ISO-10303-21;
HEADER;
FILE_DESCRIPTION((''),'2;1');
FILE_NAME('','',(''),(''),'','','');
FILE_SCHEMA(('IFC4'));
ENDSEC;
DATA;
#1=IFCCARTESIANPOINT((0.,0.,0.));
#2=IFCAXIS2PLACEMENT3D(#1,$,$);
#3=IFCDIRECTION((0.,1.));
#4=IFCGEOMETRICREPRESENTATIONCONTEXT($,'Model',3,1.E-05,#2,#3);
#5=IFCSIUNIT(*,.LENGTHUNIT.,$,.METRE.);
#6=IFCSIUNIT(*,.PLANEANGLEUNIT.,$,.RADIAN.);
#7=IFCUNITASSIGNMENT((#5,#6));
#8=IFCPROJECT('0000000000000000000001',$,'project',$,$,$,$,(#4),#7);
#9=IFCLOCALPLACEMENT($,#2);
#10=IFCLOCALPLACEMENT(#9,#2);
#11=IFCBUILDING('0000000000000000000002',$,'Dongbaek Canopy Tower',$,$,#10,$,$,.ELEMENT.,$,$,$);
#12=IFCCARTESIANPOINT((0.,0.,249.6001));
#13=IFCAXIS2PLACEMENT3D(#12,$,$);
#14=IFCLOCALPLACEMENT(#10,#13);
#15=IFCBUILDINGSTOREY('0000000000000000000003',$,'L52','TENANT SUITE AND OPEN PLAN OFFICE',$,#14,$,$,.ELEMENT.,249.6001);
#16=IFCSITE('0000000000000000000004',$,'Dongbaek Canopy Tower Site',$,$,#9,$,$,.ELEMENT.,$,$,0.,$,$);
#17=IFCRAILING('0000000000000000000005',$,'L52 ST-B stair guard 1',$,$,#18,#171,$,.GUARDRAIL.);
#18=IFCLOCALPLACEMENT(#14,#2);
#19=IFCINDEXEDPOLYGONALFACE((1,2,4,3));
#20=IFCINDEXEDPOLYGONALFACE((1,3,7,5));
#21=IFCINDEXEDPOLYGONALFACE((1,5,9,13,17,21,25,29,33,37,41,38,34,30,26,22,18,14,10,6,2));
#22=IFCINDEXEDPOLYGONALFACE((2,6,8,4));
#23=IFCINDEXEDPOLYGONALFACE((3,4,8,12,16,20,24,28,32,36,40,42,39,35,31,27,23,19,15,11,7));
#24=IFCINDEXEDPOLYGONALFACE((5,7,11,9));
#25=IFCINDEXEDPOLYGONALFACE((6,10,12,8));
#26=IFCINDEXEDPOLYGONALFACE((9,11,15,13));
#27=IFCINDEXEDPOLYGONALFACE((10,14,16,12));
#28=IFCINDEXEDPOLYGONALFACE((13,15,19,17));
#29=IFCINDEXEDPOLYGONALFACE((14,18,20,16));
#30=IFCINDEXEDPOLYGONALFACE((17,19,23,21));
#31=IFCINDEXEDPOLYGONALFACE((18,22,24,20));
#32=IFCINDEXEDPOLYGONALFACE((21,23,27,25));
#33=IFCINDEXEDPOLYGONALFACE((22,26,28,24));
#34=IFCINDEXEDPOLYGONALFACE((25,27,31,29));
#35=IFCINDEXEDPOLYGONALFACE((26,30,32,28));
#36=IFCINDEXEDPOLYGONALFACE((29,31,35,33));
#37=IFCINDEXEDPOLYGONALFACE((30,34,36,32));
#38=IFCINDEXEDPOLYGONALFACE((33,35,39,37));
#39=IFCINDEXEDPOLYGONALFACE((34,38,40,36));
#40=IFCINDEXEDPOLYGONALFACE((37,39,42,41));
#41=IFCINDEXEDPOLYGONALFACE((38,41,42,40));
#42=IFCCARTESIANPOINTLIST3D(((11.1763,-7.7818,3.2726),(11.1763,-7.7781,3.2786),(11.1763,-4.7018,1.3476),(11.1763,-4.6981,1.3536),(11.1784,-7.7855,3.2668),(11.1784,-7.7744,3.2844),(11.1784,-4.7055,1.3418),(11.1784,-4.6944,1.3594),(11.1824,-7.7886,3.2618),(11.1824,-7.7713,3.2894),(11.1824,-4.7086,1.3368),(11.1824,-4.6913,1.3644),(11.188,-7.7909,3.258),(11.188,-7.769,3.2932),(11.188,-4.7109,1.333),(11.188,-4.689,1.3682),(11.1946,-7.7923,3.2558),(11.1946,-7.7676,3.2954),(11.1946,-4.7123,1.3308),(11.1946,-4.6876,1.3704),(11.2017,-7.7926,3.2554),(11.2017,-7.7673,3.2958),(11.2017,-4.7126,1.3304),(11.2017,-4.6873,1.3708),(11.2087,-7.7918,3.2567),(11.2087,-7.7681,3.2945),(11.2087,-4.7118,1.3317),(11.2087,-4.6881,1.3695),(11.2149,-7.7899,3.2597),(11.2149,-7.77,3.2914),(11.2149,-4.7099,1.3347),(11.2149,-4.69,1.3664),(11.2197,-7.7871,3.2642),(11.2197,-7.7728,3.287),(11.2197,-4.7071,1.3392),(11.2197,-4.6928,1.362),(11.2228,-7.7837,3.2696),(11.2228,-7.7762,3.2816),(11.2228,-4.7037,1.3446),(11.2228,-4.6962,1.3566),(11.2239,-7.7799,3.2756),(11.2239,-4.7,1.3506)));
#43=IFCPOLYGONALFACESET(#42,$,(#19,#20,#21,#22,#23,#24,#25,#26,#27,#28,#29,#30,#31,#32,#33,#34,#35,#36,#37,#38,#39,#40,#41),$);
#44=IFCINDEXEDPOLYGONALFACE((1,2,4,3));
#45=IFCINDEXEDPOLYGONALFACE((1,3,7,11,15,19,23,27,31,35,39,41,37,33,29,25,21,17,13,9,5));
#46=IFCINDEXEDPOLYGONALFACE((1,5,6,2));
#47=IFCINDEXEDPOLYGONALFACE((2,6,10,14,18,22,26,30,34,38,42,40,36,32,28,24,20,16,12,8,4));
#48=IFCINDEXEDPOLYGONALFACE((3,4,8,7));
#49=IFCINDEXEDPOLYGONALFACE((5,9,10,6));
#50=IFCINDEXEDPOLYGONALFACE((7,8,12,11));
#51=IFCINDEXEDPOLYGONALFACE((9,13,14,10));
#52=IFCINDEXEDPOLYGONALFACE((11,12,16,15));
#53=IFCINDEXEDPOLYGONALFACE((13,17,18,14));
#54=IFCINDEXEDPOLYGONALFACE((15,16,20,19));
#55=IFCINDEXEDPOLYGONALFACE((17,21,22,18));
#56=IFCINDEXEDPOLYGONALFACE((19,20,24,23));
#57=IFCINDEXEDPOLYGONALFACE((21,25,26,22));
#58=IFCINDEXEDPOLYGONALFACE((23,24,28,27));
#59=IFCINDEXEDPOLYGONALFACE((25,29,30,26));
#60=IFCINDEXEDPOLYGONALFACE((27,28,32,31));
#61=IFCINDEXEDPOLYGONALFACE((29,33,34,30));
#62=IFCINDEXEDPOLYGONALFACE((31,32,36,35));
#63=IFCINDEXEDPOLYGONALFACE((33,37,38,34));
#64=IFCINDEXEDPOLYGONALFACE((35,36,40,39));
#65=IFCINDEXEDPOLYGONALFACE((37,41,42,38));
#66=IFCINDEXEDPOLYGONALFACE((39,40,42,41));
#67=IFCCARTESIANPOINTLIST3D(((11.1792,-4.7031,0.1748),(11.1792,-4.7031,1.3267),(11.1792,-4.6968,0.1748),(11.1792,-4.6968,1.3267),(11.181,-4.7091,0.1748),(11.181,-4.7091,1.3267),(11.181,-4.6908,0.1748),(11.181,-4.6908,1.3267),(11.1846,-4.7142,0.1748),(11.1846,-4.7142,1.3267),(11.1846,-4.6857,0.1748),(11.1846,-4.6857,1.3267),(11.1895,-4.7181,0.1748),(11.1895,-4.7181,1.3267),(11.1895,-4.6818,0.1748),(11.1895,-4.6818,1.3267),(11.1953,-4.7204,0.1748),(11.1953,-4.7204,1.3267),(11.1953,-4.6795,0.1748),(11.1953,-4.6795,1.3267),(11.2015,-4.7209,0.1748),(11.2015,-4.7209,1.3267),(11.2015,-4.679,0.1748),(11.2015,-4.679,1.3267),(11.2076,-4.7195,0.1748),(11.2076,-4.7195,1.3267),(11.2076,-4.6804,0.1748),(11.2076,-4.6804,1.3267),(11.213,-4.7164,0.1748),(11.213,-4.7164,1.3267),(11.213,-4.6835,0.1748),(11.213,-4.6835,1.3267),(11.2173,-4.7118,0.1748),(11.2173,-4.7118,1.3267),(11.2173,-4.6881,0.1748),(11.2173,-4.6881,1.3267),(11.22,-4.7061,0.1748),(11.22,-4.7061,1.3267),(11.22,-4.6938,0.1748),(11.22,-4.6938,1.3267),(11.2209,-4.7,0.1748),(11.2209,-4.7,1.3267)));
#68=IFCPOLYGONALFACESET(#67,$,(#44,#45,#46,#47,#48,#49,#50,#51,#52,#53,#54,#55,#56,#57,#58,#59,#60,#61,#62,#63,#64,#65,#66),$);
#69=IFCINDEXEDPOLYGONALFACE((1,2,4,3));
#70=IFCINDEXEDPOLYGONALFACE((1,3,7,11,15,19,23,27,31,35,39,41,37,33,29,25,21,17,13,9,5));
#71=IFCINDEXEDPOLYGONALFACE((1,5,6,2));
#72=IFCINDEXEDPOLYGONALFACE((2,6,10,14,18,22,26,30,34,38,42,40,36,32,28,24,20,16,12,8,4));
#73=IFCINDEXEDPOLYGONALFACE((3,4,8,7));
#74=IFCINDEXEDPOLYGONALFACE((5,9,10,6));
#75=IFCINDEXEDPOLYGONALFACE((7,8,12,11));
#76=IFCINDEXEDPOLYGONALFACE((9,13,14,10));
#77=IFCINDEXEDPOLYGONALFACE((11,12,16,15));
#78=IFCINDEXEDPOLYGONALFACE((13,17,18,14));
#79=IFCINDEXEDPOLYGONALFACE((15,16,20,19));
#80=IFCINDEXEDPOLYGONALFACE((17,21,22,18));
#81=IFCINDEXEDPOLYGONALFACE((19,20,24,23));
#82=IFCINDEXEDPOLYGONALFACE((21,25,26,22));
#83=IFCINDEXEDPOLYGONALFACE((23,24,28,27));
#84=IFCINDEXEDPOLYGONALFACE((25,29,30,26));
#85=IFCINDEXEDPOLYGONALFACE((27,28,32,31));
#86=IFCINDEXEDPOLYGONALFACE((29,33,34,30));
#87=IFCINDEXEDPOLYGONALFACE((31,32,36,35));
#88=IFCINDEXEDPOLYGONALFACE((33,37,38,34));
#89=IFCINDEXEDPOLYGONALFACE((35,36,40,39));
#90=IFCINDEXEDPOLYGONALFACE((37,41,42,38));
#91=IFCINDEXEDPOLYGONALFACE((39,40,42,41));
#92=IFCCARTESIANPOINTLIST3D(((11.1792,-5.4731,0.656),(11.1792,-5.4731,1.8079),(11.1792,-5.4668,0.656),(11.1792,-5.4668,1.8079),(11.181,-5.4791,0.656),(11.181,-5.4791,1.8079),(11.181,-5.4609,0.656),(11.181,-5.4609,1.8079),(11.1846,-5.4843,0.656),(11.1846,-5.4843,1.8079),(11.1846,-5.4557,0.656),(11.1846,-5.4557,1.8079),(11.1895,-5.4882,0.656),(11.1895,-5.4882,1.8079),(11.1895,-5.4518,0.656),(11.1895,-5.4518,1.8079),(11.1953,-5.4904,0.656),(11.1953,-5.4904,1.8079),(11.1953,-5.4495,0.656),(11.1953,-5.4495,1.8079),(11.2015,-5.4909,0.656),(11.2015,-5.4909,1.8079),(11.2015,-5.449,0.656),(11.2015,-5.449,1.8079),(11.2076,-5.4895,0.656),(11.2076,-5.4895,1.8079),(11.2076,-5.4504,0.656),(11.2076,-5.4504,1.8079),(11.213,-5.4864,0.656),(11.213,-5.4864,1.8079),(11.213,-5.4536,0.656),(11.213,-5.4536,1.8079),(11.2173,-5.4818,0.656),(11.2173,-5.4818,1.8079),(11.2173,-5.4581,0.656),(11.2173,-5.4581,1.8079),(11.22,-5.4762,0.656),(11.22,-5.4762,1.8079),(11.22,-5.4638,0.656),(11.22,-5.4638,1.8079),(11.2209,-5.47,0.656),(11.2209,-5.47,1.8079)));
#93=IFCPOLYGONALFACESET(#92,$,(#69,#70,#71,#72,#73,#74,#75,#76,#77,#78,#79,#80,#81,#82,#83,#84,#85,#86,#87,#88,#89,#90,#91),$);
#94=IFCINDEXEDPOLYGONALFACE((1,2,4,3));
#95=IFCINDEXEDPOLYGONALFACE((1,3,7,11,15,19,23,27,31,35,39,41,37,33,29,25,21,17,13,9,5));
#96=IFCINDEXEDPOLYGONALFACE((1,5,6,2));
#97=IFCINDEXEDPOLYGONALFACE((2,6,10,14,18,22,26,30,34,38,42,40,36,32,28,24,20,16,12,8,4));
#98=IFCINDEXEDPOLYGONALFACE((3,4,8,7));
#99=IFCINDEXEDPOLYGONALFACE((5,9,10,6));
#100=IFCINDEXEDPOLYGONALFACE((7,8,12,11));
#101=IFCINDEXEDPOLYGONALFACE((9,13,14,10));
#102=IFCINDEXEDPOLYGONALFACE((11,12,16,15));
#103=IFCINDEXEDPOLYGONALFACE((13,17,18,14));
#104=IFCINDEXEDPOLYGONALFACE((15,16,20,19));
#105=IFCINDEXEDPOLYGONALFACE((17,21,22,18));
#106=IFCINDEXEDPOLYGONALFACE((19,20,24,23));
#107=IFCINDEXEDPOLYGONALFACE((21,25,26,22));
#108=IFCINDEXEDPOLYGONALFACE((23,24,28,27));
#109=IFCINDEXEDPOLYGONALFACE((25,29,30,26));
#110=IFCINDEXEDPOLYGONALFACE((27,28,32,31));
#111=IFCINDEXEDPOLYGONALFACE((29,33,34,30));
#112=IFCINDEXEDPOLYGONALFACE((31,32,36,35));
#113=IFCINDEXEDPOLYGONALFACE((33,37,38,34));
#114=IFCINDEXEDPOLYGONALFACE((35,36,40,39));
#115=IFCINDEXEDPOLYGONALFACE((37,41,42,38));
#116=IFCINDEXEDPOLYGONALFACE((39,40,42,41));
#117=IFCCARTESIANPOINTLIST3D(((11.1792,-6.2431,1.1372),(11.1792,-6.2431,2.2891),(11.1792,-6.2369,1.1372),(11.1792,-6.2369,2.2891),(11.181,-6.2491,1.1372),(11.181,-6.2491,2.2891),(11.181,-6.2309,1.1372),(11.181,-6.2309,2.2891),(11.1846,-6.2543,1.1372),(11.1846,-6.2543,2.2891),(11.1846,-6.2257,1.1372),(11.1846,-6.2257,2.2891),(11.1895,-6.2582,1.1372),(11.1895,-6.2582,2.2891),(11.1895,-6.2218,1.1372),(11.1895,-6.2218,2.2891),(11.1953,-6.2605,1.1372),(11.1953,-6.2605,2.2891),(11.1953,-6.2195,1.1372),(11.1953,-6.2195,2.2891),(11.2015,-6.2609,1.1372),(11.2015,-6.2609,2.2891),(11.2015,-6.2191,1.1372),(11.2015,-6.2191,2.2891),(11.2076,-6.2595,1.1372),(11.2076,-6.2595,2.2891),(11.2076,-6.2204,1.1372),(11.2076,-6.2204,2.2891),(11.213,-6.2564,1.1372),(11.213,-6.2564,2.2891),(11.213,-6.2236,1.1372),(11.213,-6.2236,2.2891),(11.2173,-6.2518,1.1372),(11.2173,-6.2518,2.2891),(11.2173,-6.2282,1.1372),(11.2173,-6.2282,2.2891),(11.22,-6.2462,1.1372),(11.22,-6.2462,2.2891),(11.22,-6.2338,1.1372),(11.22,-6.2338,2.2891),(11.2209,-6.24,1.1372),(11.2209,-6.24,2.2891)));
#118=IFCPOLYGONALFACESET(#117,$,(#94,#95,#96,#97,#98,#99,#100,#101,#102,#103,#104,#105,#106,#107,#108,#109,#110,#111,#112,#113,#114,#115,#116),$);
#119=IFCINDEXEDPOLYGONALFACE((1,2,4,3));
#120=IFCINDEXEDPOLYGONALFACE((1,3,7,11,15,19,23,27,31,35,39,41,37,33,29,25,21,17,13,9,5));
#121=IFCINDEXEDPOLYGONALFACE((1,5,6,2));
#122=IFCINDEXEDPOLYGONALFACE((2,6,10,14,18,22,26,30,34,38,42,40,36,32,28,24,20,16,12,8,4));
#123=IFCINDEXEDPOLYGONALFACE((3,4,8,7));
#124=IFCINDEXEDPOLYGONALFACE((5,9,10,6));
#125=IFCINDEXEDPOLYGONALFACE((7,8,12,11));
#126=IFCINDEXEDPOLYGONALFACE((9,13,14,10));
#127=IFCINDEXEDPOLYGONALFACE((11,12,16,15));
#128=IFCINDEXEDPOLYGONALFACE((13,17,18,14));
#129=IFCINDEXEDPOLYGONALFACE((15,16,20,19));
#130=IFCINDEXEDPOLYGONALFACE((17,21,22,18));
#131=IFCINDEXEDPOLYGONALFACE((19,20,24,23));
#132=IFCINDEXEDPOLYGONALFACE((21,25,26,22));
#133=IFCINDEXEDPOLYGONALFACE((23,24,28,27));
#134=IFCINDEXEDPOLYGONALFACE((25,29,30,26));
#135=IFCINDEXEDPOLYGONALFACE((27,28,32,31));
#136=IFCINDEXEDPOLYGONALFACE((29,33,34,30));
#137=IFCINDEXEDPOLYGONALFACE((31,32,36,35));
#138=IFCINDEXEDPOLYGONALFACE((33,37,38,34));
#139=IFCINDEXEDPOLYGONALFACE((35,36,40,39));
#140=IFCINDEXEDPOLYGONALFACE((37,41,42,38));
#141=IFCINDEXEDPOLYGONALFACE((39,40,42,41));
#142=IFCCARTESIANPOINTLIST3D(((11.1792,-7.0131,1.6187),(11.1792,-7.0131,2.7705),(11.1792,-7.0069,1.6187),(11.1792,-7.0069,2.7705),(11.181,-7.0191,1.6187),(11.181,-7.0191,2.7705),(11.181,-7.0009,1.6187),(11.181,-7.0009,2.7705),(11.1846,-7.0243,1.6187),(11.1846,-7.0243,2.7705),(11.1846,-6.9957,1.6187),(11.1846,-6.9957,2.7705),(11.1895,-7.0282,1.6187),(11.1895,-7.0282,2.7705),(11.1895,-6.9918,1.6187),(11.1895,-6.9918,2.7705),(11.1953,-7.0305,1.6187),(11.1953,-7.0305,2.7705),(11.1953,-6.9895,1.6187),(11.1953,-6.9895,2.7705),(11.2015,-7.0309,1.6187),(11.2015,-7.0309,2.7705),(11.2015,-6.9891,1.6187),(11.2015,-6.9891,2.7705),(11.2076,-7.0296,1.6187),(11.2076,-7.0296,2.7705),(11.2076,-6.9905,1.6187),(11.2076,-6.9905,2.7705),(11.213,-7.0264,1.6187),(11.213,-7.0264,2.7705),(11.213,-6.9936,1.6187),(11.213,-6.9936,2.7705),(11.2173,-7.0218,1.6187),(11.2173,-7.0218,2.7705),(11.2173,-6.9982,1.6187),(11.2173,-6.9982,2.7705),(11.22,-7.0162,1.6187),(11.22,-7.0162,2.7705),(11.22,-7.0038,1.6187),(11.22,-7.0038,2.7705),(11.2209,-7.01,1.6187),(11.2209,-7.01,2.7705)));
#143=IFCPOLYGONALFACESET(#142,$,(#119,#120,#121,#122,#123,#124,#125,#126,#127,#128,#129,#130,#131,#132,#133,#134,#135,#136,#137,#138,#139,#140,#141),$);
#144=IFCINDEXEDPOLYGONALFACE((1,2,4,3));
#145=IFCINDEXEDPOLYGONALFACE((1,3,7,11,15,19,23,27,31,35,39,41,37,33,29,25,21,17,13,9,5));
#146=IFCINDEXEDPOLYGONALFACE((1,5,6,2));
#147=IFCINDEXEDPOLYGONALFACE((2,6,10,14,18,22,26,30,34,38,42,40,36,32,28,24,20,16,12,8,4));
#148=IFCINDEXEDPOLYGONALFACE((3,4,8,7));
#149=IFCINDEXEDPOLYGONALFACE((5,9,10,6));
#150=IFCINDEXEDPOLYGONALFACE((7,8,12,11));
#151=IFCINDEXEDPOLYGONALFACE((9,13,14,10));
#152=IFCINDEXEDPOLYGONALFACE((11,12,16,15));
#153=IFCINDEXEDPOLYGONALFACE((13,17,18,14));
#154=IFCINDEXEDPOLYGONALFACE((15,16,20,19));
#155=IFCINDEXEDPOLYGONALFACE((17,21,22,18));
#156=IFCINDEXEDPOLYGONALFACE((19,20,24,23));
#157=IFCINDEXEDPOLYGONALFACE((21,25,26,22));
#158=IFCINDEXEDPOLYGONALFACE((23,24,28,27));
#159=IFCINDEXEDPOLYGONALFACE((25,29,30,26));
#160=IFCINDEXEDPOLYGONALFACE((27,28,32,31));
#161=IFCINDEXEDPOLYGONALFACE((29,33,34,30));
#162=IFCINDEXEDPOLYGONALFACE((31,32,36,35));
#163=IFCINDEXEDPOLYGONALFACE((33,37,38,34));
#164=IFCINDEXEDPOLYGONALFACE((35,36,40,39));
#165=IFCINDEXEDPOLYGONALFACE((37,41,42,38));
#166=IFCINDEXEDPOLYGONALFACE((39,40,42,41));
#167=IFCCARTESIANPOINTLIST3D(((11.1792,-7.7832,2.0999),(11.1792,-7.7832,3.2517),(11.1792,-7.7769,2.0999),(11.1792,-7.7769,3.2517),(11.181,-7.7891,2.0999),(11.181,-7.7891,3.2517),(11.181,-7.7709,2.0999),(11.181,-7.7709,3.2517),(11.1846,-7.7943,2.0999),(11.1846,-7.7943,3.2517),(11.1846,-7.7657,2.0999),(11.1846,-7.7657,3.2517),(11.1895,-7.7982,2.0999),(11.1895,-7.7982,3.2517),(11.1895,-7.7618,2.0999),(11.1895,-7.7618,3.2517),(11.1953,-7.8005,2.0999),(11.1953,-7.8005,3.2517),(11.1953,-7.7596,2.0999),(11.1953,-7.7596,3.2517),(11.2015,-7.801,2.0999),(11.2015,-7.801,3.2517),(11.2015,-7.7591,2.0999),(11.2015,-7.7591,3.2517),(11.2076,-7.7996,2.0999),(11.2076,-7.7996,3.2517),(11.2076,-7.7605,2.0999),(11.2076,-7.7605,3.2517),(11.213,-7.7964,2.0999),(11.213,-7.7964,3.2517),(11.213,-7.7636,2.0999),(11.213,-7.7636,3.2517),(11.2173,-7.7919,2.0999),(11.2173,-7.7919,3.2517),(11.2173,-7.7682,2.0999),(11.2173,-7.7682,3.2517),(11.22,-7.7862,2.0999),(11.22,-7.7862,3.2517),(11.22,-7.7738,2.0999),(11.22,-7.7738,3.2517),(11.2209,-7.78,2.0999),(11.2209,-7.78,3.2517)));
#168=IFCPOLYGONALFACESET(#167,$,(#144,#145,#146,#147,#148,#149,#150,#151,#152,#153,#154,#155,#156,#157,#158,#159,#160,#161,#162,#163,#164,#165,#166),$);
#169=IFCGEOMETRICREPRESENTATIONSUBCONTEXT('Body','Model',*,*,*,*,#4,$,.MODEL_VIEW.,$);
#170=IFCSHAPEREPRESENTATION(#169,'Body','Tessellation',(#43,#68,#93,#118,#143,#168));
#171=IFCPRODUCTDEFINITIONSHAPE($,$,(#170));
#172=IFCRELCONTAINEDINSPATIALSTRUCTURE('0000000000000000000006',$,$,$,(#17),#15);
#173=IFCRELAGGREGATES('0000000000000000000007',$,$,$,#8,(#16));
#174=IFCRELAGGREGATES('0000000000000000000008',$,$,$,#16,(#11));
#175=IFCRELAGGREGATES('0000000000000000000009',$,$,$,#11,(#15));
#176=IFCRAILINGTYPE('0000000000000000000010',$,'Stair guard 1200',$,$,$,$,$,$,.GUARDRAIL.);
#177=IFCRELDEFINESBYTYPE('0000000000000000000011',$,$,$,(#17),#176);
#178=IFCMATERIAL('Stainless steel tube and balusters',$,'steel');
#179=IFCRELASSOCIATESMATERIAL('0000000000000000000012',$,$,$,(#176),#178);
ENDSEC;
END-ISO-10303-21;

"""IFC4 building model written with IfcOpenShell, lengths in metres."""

from ifc_helpers import new_model, si_unit, direction, frame, origin, origin_2d, place, context, subcontext, project, spatial, circle, extrude, material, type_object, element, save


model = new_model("IFC4")

# Units and contexts
model_context = context("Model", 3, precision=1e-05, world=origin(), true_north=direction((0.0, 1.0)))
body_context = subcontext(model_context, "Body", "Model", "MODEL_VIEW")
ifc_project = project(units=[si_unit("LENGTHUNIT", "METRE"), si_unit("PLANEANGLEUNIT", "RADIAN")], contexts=[model_context])

# Site, building, storey
site_placement = place(None, origin())
site = spatial("IfcSite", under=ifc_project, at=site_placement, Name="Dongbaek Canopy Tower Site", CompositionType="ELEMENT", RefElevation=0.0)
building_placement = place(site_placement, origin())
building = spatial("IfcBuilding", under=site, at=building_placement, Name="Dongbaek Canopy Tower", CompositionType="ELEMENT")
storey_placement = place(building_placement, frame((0.0, 0.0, 249.6001)))
storey = spatial("IfcBuildingStorey", under=building, at=storey_placement, Name="L52", Description="TENANT SUITE AND OPEN PLAN OFFICE", CompositionType="ELEMENT", Elevation=249.6001)

# Railing
ifc_material_1 = material(Name="Stainless steel tube and balusters", Category="steel")
railing_type_1 = type_object("IfcRailingType", Name="Stair guard 1200", PredefinedType="GUARDRAIL", material=ifc_material_1)
railing_1_placement = place(storey_placement, frame((11.2, -4.7, 0.1748)))
element("IfcRailing", 1, at=railing_1_placement, inside=storey, type_object=railing_type_1, Name="L52 ST-B stair guard 1", PredefinedType="GUARDRAIL", context=body_context, shape_type="SweptSolid", body=[
    extrude(circle(Radius=0.0239, at=origin_2d()), frame((0.0, 0.0, 1.1758), z_axis=(0.0, -0.847998, 0.529999), x_axis=(1.0, 0.0, 0.0)), (0.0, 0.0, 1.0), 3.6321),
    extrude(circle(Radius=0.021, at=origin_2d()), origin(), (0.0, 0.0, 1.0), 1.1519),
    extrude(circle(Radius=0.021, at=origin_2d()), frame((0.0, -0.77, 0.4812)), (0.0, 0.0, 1.0), 1.1519),
    extrude(circle(Radius=0.021, at=origin_2d()), frame((0.0, -1.54, 0.9624)), (0.0, 0.0, 1.0), 1.1519),
    extrude(circle(Radius=0.021, at=origin_2d()), frame((0.0, -2.3101, 1.4438)), (0.0, 0.0, 1.0), 1.1519),
    extrude(circle(Radius=0.021, at=origin_2d()), frame((0.0, -3.0801, 1.925)), (0.0, 0.0, 1.0), 1.1519),
])

save(model, "model.ifc")
